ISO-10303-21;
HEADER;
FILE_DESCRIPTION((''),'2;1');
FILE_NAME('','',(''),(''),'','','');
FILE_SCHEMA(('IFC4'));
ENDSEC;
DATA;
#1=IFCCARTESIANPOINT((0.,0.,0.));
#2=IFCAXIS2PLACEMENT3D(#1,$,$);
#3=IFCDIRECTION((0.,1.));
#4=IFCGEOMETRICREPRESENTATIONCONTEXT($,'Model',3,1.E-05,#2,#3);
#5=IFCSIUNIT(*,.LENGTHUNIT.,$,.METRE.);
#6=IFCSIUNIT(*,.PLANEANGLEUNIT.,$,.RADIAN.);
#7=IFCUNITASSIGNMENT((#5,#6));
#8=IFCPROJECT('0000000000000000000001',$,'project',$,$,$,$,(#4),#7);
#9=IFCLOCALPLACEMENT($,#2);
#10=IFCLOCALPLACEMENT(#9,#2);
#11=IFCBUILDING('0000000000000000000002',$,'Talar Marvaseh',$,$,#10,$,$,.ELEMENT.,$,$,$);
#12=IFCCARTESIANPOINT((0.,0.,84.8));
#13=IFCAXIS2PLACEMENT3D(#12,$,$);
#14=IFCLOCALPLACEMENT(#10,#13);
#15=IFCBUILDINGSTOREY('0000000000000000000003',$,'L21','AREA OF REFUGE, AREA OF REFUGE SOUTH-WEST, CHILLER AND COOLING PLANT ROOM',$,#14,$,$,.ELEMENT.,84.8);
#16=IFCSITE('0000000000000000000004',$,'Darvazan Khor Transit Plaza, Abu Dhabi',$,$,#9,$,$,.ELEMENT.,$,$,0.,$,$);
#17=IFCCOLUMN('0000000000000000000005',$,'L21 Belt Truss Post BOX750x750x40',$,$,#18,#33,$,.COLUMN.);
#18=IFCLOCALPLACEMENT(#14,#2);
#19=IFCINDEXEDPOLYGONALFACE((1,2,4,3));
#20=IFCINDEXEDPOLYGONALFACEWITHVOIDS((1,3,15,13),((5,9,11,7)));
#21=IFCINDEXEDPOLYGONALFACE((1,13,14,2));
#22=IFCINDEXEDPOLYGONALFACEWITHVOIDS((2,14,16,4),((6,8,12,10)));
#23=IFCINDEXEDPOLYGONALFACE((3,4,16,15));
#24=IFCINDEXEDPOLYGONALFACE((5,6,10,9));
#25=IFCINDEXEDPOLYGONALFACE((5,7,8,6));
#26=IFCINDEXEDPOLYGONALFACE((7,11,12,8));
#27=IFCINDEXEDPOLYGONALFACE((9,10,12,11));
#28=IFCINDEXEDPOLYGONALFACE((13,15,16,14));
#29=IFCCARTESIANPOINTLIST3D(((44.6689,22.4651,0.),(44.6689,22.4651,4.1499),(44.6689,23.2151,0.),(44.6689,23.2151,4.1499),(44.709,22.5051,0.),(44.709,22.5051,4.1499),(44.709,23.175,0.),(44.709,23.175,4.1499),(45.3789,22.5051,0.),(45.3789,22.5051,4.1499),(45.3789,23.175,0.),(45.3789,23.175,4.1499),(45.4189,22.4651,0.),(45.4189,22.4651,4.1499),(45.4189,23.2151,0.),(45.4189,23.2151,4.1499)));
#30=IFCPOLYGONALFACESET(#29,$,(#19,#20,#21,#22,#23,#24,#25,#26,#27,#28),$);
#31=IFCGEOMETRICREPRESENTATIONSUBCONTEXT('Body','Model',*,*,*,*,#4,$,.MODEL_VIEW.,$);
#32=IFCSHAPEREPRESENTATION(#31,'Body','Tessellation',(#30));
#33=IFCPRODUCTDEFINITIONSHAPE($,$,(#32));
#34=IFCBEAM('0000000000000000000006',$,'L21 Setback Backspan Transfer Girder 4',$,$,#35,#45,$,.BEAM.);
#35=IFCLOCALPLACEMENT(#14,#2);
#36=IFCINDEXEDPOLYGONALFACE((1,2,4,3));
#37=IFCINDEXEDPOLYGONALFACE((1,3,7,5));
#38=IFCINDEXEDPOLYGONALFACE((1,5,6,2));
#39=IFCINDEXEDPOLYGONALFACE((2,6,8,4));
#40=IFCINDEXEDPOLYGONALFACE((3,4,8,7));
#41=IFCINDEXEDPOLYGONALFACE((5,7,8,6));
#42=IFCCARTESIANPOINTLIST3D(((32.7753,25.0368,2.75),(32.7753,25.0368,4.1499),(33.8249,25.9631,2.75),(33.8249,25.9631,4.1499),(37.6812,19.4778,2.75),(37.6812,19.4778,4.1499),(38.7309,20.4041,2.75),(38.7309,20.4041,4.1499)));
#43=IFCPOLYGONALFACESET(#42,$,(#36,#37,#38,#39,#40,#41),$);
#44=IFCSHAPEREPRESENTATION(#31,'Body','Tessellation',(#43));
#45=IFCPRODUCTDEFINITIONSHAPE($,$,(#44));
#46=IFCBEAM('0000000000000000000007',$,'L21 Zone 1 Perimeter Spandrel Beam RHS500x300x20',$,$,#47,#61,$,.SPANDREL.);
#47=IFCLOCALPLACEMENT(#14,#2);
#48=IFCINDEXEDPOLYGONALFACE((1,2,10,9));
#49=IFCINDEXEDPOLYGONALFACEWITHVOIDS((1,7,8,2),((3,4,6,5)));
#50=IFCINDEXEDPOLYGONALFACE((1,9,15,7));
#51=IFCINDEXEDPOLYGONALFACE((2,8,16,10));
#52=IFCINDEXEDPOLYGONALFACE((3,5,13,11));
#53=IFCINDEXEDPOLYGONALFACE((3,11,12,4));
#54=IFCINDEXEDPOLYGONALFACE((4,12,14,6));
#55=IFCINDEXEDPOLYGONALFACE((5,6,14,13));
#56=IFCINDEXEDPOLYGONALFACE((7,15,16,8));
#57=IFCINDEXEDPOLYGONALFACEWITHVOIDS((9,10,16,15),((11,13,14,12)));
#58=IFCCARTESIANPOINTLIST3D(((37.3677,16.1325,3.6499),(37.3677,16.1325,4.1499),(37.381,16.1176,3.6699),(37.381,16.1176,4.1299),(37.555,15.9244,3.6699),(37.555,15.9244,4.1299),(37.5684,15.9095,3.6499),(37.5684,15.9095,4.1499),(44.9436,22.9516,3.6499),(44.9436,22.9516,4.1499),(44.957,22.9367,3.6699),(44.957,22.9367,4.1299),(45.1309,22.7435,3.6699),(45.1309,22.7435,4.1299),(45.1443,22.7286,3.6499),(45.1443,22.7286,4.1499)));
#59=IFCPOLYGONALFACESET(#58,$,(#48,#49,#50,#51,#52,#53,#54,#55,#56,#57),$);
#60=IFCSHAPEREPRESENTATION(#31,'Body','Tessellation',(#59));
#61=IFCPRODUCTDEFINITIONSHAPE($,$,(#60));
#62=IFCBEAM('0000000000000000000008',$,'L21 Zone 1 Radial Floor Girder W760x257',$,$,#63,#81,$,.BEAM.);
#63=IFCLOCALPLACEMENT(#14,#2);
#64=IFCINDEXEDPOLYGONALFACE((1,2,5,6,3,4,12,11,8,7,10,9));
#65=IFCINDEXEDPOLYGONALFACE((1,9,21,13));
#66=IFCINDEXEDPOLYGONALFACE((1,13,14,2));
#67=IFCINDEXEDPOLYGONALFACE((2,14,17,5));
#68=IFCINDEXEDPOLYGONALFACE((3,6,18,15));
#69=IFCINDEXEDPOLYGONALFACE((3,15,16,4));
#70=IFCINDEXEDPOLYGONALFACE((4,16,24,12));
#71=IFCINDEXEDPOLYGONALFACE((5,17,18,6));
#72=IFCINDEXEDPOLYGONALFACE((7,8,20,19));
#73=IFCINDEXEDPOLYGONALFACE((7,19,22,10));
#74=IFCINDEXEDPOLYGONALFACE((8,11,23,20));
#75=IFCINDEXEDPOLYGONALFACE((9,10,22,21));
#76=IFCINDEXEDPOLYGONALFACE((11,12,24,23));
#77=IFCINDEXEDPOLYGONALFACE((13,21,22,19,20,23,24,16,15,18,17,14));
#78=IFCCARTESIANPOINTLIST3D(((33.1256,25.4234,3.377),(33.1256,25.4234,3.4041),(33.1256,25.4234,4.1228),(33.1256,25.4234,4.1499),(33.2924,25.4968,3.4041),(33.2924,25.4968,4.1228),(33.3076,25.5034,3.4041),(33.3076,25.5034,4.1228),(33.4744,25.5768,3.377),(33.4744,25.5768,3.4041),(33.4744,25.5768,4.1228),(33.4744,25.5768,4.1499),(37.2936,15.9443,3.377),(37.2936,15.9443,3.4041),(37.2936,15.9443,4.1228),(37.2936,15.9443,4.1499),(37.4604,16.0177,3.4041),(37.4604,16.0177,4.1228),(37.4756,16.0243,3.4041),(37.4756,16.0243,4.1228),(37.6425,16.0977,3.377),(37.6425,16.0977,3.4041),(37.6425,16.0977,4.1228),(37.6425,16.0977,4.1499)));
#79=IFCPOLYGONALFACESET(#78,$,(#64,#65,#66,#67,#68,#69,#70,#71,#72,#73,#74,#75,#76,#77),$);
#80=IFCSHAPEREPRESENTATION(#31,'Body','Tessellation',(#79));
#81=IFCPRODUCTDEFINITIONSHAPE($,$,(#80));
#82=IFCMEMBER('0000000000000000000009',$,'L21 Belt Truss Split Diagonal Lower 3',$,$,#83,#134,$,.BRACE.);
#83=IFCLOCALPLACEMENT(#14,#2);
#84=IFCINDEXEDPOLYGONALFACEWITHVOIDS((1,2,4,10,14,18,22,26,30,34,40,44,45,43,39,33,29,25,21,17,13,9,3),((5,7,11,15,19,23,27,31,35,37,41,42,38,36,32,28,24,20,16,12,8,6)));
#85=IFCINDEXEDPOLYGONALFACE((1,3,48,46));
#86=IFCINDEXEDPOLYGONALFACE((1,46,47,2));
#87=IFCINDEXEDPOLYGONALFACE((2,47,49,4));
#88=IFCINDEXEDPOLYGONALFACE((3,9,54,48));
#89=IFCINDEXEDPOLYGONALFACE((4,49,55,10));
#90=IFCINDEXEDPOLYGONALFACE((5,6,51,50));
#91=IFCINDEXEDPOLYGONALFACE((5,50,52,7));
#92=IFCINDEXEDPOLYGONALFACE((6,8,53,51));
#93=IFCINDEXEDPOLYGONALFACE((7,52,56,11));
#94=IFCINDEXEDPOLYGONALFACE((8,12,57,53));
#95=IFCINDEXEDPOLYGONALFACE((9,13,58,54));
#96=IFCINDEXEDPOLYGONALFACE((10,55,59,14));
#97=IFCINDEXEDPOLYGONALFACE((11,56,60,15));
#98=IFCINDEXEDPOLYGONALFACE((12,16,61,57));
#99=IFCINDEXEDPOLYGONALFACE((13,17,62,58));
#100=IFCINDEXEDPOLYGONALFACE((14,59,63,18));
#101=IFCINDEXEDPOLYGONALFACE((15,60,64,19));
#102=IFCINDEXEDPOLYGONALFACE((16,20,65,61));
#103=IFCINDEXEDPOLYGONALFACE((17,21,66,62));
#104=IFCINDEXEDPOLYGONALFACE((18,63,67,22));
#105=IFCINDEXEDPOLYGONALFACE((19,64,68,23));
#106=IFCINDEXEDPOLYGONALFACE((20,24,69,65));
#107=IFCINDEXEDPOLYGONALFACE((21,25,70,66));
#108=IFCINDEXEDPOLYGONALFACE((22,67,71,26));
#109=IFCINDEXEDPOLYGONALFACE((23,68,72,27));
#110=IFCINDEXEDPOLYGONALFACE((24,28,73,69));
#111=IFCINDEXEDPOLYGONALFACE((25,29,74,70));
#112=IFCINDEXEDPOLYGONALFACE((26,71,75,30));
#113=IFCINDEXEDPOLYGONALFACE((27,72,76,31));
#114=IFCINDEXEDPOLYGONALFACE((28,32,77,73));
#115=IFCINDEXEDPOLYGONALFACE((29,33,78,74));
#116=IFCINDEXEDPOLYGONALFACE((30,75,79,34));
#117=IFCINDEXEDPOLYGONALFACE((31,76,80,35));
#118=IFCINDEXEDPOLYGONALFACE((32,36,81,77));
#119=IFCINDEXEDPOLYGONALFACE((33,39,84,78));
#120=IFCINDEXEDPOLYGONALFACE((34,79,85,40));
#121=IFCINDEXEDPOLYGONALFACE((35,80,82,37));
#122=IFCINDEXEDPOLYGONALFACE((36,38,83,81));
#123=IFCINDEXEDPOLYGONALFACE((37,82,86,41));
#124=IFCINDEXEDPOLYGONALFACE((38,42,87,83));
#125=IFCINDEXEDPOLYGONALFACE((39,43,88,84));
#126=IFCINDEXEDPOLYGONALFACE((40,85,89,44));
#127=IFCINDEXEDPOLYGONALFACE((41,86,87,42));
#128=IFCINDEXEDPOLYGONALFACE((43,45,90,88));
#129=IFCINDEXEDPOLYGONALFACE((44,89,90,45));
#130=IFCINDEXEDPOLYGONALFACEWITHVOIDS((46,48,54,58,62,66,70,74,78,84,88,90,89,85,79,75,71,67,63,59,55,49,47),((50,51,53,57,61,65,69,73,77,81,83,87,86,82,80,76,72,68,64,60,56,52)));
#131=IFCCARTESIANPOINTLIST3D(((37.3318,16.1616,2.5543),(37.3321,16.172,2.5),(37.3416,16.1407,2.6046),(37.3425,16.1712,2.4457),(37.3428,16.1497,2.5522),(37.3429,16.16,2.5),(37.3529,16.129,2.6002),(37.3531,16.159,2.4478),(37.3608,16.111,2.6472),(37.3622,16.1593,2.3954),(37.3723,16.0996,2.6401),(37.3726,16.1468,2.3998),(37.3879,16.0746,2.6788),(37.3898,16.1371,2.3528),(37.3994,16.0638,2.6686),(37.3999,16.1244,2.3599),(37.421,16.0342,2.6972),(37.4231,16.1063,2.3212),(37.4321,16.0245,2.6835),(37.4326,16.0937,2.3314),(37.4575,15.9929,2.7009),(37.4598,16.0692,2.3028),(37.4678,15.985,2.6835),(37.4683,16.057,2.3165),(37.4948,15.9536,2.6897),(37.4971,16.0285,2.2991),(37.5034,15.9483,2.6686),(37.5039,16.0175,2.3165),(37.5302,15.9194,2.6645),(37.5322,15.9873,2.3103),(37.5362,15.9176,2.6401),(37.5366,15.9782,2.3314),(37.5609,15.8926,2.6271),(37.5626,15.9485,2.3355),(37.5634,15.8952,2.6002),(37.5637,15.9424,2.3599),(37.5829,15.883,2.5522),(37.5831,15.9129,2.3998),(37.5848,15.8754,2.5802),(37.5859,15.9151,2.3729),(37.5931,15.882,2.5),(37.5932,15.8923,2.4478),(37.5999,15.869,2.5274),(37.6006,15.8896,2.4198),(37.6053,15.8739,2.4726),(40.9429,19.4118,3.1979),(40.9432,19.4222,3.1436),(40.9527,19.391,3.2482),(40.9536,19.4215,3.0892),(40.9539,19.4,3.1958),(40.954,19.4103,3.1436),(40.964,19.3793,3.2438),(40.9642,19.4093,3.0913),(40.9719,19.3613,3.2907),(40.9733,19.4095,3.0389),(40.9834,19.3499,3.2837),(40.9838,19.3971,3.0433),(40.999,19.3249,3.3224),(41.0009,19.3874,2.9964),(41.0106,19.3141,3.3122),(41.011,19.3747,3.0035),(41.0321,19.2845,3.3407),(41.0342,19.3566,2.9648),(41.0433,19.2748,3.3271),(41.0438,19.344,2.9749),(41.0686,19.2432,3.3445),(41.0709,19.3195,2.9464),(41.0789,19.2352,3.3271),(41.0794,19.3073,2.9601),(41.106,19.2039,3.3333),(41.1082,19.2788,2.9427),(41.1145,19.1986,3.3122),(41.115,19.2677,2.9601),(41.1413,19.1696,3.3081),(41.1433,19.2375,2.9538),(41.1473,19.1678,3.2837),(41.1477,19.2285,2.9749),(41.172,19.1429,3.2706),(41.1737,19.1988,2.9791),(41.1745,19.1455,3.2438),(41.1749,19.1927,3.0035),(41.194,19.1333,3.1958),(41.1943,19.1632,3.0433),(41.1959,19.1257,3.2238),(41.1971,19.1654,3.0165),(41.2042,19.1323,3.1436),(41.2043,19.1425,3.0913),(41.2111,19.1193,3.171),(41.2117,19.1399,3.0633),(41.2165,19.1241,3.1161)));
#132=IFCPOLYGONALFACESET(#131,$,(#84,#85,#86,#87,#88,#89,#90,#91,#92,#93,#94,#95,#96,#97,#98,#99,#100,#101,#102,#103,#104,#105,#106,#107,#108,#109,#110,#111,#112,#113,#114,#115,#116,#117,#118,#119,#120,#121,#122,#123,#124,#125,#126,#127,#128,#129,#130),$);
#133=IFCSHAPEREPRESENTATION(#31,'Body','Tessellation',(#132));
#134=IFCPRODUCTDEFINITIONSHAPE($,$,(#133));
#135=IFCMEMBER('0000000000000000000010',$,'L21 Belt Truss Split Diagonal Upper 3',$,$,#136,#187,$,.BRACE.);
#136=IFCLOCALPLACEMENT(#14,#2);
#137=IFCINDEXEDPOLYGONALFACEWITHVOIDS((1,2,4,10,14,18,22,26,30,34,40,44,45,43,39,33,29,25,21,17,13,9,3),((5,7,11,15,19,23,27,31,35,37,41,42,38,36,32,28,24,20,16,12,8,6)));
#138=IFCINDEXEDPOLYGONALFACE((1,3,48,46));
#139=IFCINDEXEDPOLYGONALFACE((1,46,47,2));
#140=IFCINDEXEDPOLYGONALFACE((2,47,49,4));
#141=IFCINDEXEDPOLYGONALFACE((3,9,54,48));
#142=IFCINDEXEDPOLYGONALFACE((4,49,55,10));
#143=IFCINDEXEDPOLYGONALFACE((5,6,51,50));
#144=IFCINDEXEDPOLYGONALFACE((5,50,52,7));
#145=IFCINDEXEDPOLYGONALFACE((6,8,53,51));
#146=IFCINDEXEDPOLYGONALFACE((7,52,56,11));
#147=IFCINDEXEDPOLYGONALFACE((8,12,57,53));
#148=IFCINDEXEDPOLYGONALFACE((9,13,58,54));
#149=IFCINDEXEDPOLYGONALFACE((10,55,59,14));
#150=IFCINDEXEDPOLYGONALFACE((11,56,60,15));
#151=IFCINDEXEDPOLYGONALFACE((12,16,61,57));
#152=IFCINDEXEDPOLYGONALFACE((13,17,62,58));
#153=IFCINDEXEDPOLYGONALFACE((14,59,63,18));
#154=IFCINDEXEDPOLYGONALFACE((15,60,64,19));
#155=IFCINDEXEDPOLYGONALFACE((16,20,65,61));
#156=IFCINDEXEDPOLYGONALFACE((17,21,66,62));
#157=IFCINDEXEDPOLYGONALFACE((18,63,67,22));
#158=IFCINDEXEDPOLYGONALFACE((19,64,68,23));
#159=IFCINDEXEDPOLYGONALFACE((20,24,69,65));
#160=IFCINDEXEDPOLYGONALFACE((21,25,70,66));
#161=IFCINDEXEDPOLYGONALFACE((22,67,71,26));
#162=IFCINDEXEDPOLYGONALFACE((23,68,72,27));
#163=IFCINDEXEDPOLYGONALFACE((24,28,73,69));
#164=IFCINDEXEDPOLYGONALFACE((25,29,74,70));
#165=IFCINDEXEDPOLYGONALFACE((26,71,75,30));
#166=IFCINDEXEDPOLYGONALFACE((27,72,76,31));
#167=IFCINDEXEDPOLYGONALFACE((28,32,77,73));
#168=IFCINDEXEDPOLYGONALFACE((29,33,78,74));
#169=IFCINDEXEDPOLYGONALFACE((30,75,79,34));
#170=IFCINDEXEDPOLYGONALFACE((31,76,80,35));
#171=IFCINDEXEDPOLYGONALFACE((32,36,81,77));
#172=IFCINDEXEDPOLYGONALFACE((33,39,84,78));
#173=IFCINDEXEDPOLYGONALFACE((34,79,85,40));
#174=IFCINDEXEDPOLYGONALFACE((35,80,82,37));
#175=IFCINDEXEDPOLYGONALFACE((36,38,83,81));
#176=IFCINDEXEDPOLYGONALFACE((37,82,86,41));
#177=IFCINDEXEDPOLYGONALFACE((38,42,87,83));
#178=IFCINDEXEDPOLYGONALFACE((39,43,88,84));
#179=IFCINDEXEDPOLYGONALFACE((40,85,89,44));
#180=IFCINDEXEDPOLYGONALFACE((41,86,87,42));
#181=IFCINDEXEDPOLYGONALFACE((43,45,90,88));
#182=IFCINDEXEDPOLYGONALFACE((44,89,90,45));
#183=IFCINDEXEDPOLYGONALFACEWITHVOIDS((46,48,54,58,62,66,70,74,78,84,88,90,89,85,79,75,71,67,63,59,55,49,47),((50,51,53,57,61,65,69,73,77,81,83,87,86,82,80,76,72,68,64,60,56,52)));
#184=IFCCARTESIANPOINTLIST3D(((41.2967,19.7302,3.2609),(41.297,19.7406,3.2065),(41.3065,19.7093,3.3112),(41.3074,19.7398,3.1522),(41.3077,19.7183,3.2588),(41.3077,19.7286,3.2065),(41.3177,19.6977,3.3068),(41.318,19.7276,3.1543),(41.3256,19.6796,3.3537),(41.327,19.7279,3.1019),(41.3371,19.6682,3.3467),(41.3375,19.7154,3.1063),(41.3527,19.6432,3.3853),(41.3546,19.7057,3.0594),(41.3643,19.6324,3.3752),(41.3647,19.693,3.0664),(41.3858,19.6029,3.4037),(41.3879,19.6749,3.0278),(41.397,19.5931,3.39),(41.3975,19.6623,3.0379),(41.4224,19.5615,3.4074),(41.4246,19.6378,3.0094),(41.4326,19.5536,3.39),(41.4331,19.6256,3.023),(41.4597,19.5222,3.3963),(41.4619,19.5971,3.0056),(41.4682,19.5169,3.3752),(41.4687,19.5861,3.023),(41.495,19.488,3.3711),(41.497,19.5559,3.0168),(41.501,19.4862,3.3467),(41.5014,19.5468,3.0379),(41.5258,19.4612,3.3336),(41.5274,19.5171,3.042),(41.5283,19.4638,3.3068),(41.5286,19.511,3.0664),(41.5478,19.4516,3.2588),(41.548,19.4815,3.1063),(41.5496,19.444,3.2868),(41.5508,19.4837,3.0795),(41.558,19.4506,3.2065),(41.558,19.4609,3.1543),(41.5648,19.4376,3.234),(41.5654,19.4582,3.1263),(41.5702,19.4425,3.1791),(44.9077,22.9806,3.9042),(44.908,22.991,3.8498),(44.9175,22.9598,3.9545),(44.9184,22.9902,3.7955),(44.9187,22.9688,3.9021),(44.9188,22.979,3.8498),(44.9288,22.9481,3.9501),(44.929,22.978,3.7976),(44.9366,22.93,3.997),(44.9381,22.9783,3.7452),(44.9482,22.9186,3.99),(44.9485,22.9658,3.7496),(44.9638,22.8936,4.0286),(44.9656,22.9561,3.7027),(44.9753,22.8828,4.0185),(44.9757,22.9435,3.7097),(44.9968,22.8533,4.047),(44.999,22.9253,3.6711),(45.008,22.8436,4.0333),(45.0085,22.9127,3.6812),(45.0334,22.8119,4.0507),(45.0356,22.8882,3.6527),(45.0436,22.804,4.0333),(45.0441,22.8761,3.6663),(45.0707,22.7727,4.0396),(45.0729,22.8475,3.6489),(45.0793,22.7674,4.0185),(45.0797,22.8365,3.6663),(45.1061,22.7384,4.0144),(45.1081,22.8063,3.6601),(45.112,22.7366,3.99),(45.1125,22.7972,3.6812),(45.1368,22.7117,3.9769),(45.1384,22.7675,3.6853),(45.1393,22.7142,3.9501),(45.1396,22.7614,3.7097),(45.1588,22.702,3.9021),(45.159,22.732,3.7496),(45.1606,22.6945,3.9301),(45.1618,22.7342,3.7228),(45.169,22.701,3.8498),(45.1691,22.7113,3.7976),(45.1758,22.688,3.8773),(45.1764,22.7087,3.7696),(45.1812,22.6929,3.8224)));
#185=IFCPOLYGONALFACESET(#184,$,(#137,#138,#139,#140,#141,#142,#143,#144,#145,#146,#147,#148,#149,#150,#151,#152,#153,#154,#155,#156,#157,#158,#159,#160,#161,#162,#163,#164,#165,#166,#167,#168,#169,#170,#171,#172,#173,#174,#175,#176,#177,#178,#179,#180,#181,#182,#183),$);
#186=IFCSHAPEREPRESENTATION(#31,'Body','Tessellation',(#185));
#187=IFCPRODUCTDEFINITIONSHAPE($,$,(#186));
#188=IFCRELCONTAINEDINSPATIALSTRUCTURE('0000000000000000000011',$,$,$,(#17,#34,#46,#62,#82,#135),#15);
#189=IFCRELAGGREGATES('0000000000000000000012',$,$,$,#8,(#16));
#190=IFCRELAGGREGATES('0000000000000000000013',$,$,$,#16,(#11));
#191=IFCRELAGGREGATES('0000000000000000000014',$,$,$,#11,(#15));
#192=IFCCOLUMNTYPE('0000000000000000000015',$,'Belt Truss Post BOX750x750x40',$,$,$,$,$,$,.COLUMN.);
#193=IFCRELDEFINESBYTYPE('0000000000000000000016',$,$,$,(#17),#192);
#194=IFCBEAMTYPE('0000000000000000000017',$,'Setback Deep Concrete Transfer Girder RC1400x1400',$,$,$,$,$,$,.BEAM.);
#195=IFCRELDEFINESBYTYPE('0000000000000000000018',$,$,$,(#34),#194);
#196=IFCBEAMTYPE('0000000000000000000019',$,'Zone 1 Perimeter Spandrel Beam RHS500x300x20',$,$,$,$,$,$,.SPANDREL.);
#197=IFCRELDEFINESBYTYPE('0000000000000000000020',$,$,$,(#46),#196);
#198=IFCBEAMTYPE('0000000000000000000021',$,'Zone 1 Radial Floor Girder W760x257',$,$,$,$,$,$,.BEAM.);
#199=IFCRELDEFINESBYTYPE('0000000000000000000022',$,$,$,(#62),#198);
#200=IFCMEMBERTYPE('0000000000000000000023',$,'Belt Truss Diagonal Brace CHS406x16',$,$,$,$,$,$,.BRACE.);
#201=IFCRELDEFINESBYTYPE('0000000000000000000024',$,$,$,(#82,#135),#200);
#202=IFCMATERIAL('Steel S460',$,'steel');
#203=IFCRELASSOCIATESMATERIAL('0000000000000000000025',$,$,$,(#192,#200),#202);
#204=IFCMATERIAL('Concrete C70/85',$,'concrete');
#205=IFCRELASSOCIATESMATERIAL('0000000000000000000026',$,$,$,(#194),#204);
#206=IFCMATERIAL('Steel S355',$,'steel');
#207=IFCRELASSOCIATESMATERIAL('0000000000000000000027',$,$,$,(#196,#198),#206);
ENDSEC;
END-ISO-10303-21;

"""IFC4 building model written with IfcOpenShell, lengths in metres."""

from ifc_helpers import new_model, si_unit, direction, frame, origin, origin_2d, place, context, subcontext, project, spatial, rectangle, hollow_rectangle, hollow_circle, i_section, extrude, source, transform, mapped, material, material_profile, profile_set, type_object, element, save


model = new_model("IFC4")

# Units and contexts
model_context = context("Model", 3, precision=1e-05, world=origin(), true_north=direction((0.0, 1.0)))
body_context = subcontext(model_context, "Body", "Model", "MODEL_VIEW")
ifc_project = project(units=[si_unit("LENGTHUNIT", "METRE"), si_unit("PLANEANGLEUNIT", "RADIAN")], contexts=[model_context])

# Site, building, storey
site_placement = place(None, origin())
site = spatial("IfcSite", under=ifc_project, at=site_placement, Name="Darvazan Khor Transit Plaza, Abu Dhabi", CompositionType="ELEMENT", RefElevation=0.0)
building_placement = place(site_placement, origin())
building = spatial("IfcBuilding", under=site, at=building_placement, Name="Talar Marvaseh", CompositionType="ELEMENT")
storey_placement = place(building_placement, frame((0.0, 0.0, 84.8)))
storey = spatial("IfcBuildingStorey", under=building, at=storey_placement, Name="L21", Description="AREA OF REFUGE, AREA OF REFUGE SOUTH-WEST, CHILLER AND COOLING PLANT ROOM", CompositionType="ELEMENT", Elevation=84.8)

# Column
ifc_material_1 = material(Name="Steel S460", Category="steel")
ifc_material_profile_1 = material_profile(ifc_material_1, hollow_rectangle(XDim=0.75, YDim=0.75, WallThickness=0.04, at=origin_2d()), Name="BOX750x750x40")
ifc_profile_set_1 = profile_set([ifc_material_profile_1], Name="Steel S460")
column_type = type_object("IfcColumnType", Name="Belt Truss Post BOX750x750x40", PredefinedType="COLUMN", material=ifc_profile_set_1)
column_placement = place(storey_placement, frame((45.0439, 22.8401, 0.0), z_axis=(0.0, 0.0, 1.0), x_axis=(1.0, 0.0, 0.0)))
element("IfcColumn", 1, at=column_placement, inside=storey, type_object=column_type, Name="L21 Belt Truss Post BOX750x750x40", PredefinedType="COLUMN", context=body_context, shape_type="SweptSolid", body=[
    extrude(hollow_rectangle(XDim=0.75, YDim=0.75, WallThickness=0.04, at=origin_2d()), origin(), (0.0, 0.0, 1.0), 4.1499),
])

# Beams
ifc_material_2 = material(Name="Concrete C70/85", Category="concrete")
ifc_material_profile_2 = material_profile(ifc_material_2, rectangle(XDim=1.3999, YDim=1.3999, at=origin_2d()), Name="RC1400x1400")
ifc_profile_set_2 = profile_set([ifc_material_profile_2], Name="Concrete C70/85")
beam_type_1 = type_object("IfcBeamType", Name="Setback Deep Concrete Transfer Girder RC1400x1400", PredefinedType="BEAM", material=ifc_profile_set_2)
beam_1_placement = place(storey_placement, frame((38.2061, 19.9409, 3.45), z_axis=(-0.661692, 0.749775, 0.0), x_axis=(-0.749775, -0.661692, 0.0)))
element("IfcBeam", 2, at=beam_1_placement, inside=storey, type_object=beam_type_1, Name="L21 Setback Backspan Transfer Girder 4", PredefinedType="BEAM", context=body_context, shape_type="SweptSolid", body=[
    extrude(rectangle(XDim=1.3999, YDim=1.3999, at=origin_2d()), origin(), (0.0, 0.0, 1.0), 7.4143),
])
ifc_material_3 = material(Name="Steel S355", Category="steel")
ifc_material_profile_3 = material_profile(ifc_material_3, hollow_rectangle(XDim=0.3, YDim=0.5, WallThickness=0.02, at=origin_2d()), Name="RHS500x300x20")
ifc_profile_set_3 = profile_set([ifc_material_profile_3], Name="Steel S355")
beam_type_2 = type_object("IfcBeamType", Name="Zone 1 Perimeter Spandrel Beam RHS500x300x20", PredefinedType="SPANDREL", material=ifc_profile_set_3)
beam_2_placement = place(storey_placement, frame((45.0439, 22.8401, 3.8999), z_axis=(-0.743257, -0.669006, 0.0), x_axis=(0.669006, -0.743257, 0.0)))
element("IfcBeam", 3, at=beam_2_placement, inside=storey, type_object=beam_type_2, Name="L21 Zone 1 Perimeter Spandrel Beam RHS500x300x20", PredefinedType="SPANDREL", context=body_context, shape_type="SweptSolid", body=[
    extrude(hollow_rectangle(XDim=0.3, YDim=0.5, WallThickness=0.02, at=origin_2d()), origin(), (0.0, 0.0, 1.0), 10.1929),
])
ifc_material_profile_4 = material_profile(ifc_material_3, i_section(OverallWidth=0.3811, OverallDepth=0.7729, WebThickness=0.0166, FlangeThickness=0.0271, at=origin_2d()), Name="W760x257")
ifc_profile_set_4 = profile_set([ifc_material_profile_4], Name="Steel S355")
beam_type_3 = type_object("IfcBeamType", Name="Zone 1 Radial Floor Girder W760x257", PredefinedType="BEAM", material=ifc_profile_set_4)
beam_3_placement = place(storey_placement, frame((37.468, 16.021, 3.7634), z_axis=(-0.402513, 0.915414, 0.0), x_axis=(-0.915414, -0.402513, 0.0)))
element("IfcBeam", 4, at=beam_3_placement, inside=storey, type_object=beam_type_3, Name="L21 Zone 1 Radial Floor Girder W760x257", PredefinedType="BEAM", context=body_context, shape_type="SweptSolid", body=[
    extrude(i_section(OverallWidth=0.3811, OverallDepth=0.7729, WebThickness=0.0166, FlangeThickness=0.0271, at=origin_2d()), origin(), (0.0, 0.0, 1.0), 10.355),
])

# Members
ifc_material_profile_5 = material_profile(ifc_material_1, hollow_circle(Radius=0.2031, WallThickness=0.0161, at=origin_2d()), Name="CHS406x16")
ifc_profile_set_5 = profile_set([ifc_material_profile_5], Name="Steel S460")
member_type_1 = type_object("IfcMemberType", Name="Belt Truss Diagonal Brace CHS406x16", PredefinedType="BRACE", material=ifc_profile_set_5)
shared_shape_1 = source(origin(), body_context, "Body", "SweptSolid", [
    extrude(hollow_circle(Radius=0.2031, WallThickness=0.0161, at=origin_2d()), origin(), (0.0, 0.0, 1.0), 4.9009),
])
for number, where, z_axis, x_axis, name in (
    (5, (37.468, 16.021, 2.5), (0.73683, 0.663202, 0.131315), (-0.668995, 0.743267, 0.0), "L21 Belt Truss Split Diagonal Lower 3"),
    (6, (41.4329, 19.5896, 3.2065), (0.736811, 0.663234, 0.131262), (-0.669023, 0.743242, 0.0), "L21 Belt Truss Split Diagonal Upper 3"),
):
    element("IfcMember", number, at=place(storey_placement, frame(where, z_axis=z_axis, x_axis=x_axis)), inside=storey, type_object=member_type_1, Name=name, PredefinedType="BRACE", context=body_context, shape_type="MappedRepresentation", body=[
        mapped(shared_shape_1, transform((0.0, 0.0, 0.0), x_axis=(1.0, 0.0, 0.0), y_axis=(0.0, 1.0, 0.0), z_axis=(0.0, 0.0, 1.0), scale=1.0)),
    ])

save(model, "model.ifc")
